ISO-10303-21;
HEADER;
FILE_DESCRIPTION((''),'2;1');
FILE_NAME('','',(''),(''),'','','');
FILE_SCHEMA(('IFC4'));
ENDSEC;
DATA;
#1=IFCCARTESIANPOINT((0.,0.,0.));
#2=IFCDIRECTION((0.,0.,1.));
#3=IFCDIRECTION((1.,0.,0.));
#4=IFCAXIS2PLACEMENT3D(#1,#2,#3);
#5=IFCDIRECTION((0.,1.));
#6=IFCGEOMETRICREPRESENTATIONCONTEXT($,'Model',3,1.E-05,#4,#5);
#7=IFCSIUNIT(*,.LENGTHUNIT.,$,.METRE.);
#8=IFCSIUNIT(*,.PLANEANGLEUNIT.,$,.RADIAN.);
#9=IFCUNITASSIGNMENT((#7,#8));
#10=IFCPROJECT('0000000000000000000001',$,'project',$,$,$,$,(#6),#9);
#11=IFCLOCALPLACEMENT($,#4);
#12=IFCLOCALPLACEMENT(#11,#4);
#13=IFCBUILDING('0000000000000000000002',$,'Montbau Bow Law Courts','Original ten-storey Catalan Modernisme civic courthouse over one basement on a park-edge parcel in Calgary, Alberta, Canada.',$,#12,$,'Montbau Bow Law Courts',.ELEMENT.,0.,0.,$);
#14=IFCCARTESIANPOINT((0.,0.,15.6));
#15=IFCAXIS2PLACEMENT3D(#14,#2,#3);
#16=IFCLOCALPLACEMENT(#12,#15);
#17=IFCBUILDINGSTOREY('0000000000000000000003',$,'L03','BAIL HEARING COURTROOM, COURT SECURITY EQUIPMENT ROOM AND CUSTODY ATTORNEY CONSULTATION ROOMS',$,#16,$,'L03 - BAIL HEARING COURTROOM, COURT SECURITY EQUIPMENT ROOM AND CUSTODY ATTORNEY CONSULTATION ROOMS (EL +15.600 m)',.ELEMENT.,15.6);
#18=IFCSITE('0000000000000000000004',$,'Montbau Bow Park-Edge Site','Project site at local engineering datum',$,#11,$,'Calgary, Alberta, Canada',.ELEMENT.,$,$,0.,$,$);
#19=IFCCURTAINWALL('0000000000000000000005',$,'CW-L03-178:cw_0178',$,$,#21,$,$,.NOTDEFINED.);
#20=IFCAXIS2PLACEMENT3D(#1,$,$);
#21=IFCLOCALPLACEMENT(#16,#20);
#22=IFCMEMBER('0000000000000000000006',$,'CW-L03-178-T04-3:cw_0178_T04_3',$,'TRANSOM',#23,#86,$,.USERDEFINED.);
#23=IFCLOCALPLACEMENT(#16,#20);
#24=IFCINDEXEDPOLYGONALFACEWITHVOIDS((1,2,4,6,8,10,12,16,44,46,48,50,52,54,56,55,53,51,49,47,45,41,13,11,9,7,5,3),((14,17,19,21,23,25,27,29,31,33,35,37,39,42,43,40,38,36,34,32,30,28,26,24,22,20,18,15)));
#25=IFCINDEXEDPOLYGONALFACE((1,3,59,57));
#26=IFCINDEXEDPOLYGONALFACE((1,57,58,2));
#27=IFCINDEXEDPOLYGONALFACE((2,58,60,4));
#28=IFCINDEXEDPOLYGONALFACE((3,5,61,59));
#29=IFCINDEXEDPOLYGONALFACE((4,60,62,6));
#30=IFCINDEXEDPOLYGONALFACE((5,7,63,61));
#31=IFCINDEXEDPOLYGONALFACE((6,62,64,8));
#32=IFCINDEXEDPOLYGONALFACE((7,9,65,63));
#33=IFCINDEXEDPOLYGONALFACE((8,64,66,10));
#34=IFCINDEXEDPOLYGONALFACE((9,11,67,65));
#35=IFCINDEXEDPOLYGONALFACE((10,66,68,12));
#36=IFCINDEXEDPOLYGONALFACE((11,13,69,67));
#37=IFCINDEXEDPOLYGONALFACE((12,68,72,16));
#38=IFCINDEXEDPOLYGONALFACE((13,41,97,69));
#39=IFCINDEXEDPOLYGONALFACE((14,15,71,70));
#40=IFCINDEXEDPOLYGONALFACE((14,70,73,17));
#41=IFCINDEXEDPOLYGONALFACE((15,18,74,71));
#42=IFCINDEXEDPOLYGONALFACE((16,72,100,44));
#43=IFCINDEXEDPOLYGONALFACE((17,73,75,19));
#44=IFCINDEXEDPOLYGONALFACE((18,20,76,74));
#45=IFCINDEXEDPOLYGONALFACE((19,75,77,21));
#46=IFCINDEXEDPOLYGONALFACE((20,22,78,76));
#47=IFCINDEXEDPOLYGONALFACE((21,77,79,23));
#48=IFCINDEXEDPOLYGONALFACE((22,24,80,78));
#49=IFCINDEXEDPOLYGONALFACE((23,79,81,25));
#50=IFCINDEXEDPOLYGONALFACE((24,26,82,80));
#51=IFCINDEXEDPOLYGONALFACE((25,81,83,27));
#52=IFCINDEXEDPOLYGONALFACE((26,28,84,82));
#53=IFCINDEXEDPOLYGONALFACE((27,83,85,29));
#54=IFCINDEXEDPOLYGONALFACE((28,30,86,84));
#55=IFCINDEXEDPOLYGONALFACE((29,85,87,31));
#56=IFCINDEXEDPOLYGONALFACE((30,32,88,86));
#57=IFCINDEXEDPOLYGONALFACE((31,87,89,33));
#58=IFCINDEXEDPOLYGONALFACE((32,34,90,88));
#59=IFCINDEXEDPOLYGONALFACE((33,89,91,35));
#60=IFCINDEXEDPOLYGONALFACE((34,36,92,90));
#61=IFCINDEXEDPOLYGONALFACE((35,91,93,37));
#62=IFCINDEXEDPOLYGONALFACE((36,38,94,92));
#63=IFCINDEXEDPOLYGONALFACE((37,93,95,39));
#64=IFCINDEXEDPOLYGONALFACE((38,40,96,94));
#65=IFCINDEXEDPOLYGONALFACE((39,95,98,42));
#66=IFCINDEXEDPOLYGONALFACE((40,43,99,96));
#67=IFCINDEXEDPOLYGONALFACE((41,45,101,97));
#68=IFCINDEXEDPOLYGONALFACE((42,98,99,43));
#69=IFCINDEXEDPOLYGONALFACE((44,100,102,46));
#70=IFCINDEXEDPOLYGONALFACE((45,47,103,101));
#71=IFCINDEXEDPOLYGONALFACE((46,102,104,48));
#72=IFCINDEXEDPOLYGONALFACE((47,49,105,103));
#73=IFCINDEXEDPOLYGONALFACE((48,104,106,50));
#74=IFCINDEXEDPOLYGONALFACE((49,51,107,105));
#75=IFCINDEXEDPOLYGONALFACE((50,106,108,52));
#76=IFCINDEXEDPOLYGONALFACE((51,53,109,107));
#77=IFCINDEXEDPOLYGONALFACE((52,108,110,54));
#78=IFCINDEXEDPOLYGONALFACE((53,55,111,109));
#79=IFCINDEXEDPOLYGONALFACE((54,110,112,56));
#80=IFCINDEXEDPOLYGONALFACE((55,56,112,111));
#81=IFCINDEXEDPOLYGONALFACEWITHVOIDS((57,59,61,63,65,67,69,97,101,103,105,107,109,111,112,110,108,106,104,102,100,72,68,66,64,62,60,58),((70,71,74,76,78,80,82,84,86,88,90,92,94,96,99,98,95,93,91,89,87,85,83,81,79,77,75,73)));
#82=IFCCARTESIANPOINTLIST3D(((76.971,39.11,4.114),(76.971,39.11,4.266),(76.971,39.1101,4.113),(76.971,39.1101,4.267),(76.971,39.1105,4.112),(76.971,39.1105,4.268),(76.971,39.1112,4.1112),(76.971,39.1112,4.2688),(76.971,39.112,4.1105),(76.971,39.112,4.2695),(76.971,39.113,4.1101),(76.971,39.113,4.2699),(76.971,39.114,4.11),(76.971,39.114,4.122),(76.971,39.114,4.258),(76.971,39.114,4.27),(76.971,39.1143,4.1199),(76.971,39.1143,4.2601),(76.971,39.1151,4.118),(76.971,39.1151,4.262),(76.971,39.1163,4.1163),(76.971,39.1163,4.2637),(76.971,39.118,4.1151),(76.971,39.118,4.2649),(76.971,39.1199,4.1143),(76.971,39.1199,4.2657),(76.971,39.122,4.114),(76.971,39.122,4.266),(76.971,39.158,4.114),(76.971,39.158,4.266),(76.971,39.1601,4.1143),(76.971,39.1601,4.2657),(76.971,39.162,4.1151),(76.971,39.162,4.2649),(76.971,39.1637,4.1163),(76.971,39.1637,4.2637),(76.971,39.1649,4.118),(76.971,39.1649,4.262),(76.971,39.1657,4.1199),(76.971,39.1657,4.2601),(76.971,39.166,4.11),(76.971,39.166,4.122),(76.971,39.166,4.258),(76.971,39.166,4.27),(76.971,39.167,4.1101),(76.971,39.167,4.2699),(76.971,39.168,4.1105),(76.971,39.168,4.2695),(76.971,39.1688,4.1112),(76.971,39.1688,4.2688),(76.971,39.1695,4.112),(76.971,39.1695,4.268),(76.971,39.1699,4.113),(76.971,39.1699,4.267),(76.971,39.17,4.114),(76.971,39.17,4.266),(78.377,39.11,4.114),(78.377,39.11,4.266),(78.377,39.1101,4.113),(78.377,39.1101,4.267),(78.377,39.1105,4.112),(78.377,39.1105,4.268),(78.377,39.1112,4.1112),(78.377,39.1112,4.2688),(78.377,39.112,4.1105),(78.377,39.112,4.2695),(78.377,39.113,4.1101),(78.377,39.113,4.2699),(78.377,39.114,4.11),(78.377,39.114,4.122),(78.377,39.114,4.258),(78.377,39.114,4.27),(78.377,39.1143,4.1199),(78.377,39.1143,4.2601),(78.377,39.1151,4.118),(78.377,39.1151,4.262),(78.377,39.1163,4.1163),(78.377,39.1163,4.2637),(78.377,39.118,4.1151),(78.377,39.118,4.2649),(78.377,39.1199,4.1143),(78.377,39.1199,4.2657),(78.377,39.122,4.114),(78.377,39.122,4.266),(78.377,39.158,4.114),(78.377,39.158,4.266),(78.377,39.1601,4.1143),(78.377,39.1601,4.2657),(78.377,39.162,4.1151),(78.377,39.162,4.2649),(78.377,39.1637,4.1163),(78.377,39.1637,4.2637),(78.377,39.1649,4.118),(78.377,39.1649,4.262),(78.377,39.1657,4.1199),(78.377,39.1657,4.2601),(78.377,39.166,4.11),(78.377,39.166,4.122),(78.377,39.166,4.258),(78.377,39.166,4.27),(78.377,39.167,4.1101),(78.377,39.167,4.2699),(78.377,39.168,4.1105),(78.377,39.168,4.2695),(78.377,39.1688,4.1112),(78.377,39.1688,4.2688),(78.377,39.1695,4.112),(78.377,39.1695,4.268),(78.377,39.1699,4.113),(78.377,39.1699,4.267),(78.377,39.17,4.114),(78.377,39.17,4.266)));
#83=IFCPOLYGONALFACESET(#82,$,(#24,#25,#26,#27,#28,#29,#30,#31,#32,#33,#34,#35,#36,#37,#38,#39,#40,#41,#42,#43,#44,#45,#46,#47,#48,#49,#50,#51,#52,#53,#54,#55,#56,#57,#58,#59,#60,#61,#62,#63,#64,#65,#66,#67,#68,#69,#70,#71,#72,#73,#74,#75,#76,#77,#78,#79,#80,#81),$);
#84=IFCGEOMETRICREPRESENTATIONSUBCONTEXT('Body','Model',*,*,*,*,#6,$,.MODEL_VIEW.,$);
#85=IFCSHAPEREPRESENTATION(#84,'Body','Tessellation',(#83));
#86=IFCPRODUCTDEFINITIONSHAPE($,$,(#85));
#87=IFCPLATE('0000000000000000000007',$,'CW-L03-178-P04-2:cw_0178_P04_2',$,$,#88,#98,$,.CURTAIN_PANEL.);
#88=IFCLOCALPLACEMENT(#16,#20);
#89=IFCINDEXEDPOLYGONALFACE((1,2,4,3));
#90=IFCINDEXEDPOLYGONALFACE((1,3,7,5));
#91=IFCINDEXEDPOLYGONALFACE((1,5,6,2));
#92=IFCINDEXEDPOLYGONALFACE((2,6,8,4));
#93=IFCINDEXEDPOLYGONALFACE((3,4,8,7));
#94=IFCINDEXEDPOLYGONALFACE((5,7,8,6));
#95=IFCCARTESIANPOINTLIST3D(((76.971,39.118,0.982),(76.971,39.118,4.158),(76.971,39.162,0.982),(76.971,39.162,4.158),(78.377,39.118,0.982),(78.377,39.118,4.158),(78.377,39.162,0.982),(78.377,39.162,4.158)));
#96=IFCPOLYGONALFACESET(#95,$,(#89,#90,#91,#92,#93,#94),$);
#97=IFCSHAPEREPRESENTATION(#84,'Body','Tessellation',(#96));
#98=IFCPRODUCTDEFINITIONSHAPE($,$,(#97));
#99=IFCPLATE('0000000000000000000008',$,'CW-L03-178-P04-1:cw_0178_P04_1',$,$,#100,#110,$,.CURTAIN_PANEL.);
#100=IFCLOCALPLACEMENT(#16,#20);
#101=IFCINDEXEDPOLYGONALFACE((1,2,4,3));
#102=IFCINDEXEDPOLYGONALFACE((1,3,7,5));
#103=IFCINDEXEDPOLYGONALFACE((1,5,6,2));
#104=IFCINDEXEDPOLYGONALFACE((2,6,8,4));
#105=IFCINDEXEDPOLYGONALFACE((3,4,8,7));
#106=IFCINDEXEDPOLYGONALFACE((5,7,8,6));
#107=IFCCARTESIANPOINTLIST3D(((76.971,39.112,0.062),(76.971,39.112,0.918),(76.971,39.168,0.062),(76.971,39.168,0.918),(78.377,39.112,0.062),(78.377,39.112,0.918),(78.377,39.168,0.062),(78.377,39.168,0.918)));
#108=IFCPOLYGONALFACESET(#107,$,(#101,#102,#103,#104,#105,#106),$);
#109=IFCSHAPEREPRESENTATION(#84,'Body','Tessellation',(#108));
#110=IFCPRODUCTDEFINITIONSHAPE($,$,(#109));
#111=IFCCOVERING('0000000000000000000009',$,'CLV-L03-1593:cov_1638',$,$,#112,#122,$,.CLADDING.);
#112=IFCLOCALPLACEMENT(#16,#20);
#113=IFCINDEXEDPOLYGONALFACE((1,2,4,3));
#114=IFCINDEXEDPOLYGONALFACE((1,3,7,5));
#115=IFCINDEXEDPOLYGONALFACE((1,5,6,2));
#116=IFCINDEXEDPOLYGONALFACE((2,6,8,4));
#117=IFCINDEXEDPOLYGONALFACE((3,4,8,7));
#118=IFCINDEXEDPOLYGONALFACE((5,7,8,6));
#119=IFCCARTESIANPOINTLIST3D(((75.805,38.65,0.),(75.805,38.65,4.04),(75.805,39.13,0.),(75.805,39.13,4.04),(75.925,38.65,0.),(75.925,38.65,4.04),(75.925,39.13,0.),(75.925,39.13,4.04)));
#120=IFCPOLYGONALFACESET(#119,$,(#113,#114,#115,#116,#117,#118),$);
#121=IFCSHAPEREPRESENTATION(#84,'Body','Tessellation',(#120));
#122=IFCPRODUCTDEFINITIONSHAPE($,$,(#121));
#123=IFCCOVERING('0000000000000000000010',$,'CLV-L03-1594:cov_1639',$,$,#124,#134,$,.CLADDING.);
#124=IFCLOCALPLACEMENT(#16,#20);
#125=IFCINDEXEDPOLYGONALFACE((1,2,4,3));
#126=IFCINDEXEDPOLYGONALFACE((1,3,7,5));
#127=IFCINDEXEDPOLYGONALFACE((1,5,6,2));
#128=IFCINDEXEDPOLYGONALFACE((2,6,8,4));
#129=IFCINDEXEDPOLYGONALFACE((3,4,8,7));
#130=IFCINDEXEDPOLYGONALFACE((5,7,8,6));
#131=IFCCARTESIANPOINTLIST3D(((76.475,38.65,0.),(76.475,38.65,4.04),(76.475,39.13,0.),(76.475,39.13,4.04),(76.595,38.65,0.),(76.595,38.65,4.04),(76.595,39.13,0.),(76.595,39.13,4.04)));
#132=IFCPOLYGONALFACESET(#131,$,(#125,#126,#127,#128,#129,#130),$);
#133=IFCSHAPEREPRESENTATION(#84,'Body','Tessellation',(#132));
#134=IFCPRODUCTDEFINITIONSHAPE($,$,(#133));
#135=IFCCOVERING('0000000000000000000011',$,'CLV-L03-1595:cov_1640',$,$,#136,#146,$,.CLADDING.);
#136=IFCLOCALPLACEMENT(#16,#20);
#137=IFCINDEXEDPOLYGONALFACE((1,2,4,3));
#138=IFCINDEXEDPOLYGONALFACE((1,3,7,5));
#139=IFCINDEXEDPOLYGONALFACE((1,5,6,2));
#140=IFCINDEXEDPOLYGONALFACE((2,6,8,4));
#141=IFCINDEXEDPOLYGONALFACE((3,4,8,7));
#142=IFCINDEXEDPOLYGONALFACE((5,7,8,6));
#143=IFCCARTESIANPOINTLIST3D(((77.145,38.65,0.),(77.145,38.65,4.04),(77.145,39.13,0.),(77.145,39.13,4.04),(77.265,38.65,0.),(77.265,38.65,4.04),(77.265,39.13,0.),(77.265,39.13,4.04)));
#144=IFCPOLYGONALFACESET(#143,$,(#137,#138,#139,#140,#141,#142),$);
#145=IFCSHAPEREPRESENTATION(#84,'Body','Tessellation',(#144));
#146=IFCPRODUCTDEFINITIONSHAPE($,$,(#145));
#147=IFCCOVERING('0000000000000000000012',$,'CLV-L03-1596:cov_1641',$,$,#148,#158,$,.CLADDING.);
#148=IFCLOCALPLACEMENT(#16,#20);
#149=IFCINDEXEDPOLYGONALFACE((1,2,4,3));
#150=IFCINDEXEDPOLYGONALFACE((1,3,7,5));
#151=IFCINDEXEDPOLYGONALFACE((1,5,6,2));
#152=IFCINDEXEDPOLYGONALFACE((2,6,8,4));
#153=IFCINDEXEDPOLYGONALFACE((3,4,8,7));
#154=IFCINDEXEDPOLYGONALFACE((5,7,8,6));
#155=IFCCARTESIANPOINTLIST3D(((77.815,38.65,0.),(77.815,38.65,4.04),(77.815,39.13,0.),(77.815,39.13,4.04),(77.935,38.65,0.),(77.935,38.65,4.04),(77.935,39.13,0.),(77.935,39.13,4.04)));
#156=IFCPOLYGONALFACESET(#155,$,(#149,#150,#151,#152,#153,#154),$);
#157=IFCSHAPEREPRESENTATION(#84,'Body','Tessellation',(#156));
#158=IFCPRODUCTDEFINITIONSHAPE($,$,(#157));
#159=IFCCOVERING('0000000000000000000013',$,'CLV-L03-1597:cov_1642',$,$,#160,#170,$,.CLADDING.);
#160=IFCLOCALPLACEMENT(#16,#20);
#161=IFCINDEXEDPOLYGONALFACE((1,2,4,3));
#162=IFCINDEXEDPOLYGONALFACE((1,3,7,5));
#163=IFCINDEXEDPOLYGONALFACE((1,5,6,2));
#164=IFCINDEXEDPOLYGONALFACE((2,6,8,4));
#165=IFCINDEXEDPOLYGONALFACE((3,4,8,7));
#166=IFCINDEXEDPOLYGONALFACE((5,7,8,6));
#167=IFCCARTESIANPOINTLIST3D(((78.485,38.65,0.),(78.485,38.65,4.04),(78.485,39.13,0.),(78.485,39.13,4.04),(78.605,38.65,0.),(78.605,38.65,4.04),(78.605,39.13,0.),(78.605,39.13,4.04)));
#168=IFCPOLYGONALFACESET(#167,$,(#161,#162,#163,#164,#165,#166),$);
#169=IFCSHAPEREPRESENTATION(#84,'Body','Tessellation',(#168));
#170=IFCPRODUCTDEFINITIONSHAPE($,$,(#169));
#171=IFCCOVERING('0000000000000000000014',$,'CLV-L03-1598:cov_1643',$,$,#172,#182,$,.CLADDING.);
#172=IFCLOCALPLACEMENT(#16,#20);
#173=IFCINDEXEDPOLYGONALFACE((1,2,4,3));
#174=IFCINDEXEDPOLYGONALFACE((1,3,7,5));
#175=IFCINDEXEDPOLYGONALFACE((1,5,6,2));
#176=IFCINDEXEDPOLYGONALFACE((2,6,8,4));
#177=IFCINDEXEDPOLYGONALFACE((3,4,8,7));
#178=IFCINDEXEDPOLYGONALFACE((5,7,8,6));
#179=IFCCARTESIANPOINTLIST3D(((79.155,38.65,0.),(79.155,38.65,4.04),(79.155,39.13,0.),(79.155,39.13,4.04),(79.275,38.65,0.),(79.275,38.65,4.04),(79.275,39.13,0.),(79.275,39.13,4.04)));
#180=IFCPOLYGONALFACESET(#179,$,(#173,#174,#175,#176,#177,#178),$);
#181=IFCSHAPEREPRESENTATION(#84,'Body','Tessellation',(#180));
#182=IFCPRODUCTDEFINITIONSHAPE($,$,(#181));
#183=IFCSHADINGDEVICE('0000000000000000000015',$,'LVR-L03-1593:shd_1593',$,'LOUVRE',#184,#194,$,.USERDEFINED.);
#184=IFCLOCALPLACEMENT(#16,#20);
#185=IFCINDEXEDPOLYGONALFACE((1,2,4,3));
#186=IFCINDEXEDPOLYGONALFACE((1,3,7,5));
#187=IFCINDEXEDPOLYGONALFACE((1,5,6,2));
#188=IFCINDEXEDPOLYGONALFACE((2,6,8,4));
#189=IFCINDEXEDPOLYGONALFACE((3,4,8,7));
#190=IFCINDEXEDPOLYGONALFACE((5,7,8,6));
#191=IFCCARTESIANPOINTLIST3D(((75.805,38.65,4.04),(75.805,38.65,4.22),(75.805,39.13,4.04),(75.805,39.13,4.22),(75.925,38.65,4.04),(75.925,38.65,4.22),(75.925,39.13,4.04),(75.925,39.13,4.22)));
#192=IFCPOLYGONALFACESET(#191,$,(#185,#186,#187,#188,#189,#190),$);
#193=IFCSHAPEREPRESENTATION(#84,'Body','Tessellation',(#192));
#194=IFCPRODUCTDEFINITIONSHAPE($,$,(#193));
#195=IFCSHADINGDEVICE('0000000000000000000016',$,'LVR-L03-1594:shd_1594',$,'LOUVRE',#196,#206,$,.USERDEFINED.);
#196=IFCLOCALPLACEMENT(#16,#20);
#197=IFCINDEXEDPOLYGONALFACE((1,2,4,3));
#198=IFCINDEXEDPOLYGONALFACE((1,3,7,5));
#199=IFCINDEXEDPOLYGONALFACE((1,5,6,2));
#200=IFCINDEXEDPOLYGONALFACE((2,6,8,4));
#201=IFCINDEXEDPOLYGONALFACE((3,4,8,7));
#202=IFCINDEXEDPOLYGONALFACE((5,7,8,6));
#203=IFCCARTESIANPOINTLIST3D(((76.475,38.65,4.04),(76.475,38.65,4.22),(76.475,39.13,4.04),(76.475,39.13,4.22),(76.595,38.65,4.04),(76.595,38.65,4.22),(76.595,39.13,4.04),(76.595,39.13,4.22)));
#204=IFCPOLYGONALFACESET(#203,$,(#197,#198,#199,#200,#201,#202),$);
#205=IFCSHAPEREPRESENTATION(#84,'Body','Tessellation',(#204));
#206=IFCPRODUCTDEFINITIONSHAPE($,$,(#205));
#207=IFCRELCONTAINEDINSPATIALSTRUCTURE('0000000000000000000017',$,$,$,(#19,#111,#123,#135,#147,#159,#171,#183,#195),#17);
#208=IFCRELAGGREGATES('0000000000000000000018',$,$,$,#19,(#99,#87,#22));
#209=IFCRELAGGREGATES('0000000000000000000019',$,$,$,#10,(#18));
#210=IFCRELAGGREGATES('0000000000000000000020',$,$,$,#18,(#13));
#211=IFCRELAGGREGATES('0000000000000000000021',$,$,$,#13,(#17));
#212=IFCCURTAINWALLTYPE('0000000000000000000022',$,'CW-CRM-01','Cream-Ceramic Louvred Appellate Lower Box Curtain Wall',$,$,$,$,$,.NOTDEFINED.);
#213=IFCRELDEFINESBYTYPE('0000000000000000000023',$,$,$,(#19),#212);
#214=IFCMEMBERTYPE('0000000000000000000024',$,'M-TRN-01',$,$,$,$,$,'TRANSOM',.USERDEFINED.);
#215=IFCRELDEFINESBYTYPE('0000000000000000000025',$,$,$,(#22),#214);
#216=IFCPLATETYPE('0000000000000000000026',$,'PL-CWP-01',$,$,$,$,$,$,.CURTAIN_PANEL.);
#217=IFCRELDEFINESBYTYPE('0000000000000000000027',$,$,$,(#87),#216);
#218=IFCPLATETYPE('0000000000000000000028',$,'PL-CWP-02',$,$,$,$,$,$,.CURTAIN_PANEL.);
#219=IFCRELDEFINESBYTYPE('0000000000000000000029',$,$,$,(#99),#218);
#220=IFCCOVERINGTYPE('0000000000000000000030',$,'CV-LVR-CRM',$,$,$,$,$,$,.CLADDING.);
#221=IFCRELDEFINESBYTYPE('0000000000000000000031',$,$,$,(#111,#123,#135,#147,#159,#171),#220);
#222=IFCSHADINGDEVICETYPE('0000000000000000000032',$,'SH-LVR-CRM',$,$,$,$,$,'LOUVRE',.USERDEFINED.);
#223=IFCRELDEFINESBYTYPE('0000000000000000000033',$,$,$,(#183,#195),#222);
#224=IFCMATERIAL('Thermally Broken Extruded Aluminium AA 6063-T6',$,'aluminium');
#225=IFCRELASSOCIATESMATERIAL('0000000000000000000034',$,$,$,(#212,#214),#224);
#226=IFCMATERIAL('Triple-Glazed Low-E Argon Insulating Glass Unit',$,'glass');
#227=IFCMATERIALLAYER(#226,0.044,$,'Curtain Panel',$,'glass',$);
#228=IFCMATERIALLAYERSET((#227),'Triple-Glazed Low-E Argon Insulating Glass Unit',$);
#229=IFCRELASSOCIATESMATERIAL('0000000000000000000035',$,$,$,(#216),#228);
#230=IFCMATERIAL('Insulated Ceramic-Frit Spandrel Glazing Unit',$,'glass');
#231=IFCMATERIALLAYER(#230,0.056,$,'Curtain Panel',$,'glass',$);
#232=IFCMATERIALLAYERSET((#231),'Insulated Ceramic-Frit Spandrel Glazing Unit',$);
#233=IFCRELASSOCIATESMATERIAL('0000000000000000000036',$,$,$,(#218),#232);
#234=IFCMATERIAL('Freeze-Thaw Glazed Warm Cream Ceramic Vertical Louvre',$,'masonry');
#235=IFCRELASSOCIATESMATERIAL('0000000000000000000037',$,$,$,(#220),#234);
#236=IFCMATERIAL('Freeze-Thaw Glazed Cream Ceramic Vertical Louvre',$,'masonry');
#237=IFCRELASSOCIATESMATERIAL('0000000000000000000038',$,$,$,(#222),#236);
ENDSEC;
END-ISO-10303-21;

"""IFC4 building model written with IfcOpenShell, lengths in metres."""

from ifc_helpers import new_model, si_unit, direction, frame, frame_2d, origin_with_axes, origin_2d_with_axis, place, context, subcontext, project, spatial, rectangle, hollow_rectangle, extrude, material, layer, layer_set, material_profile, profile_set, type_object, element, aggregate, save


model = new_model("IFC4")

# Units and contexts
model_context = context("Model", 3, precision=1e-05, world=origin_with_axes(), true_north=direction((0.0, 1.0)))
body_context = subcontext(model_context, "Body", "Model", "MODEL_VIEW")
ifc_project = project(units=[si_unit("LENGTHUNIT", "METRE"), si_unit("PLANEANGLEUNIT", "RADIAN")], contexts=[model_context])

# Site, building, storey
site_placement = place(None, origin_with_axes())
site = spatial("IfcSite", under=ifc_project, at=site_placement, Name="Montbau Bow Park-Edge Site", Description="Project site at local engineering datum", LongName="Calgary, Alberta, Canada", CompositionType="ELEMENT", RefElevation=0.0)
building_placement = place(site_placement, origin_with_axes())
building = spatial("IfcBuilding", under=site, at=building_placement, Name="Montbau Bow Law Courts", Description="Original ten-storey Catalan Modernisme civic courthouse over one basement on a park-edge parcel in Calgary, Alberta, Canada.", LongName="Montbau Bow Law Courts", CompositionType="ELEMENT", ElevationOfRefHeight=0.0, ElevationOfTerrain=0.0)
storey_placement = place(building_placement, frame((0.0, 0.0, 15.6), z_axis=(0.0, 0.0, 1.0), x_axis=(1.0, 0.0, 0.0)))
storey = spatial("IfcBuildingStorey", under=building, at=storey_placement, Name="L03", Description="BAIL HEARING COURTROOM, COURT SECURITY EQUIPMENT ROOM AND CUSTODY ATTORNEY CONSULTATION ROOMS", LongName="L03 - BAIL HEARING COURTROOM, COURT SECURITY EQUIPMENT ROOM AND CUSTODY ATTORNEY CONSULTATION ROOMS (EL +15.600 m)", CompositionType="ELEMENT", Elevation=15.6)

# Curtain wall
ifc_material_1 = material(Name="Thermally Broken Extruded Aluminium AA 6063-T6", Category="aluminium")
curtain_wall_type = type_object("IfcCurtainWallType", Name="CW-CRM-01", Description="Cream-Ceramic Louvred Appellate Lower Box Curtain Wall", PredefinedType="NOTDEFINED", material=ifc_material_1)
curtain_wall_placement = place(None, frame((72.515, 39.14, 15.6), z_axis=(0.0, 0.0, 1.0), x_axis=(1.0, 0.0, 0.0)))
curtain_wall = element("IfcCurtainWall", 1, at=curtain_wall_placement, inside=storey, type_object=curtain_wall_type, Name="CW-L03-178:cw_0178", PredefinedType="NOTDEFINED")

# Member
ifc_material_profile_1 = material_profile(ifc_material_1, hollow_rectangle(XDim=0.06, YDim=0.16, WallThickness=0.004, InnerFilletRadius=0.008, OuterFilletRadius=0.004, at=origin_2d_with_axis()), Name="CWT-160X60", Category="Main", Priority=0)
ifc_profile_set_1 = profile_set([ifc_material_profile_1], Name="Thermally Broken Extruded Aluminium AA 6063-T6")
member_type_1 = type_object("IfcMemberType", Name="M-TRN-01", ElementType="TRANSOM", PredefinedType="USERDEFINED", material=ifc_profile_set_1)
member_1_placement = place(None, frame((76.971, 39.14, 19.79), z_axis=(1.0, 0.0, 0.0), x_axis=(0.0, 1.0, 0.0)))
member_1 = element("IfcMember", 2, at=member_1_placement, type_object=member_type_1, Name="CW-L03-178-T04-3:cw_0178_T04_3", ObjectType="TRANSOM", PredefinedType="USERDEFINED", context=body_context, shape_type="SweptSolid", body=[
    extrude(hollow_rectangle(XDim=0.06, YDim=0.16, WallThickness=0.004, InnerFilletRadius=0.008, OuterFilletRadius=0.004, at=origin_2d_with_axis()), origin_with_axes(), (0.0, 0.0, 1.0), 1.406),
])

# Plates
ifc_material_2 = material(Name="Triple-Glazed Low-E Argon Insulating Glass Unit", Category="glass")
ifc_layer_1 = layer(ifc_material_2, 0.044, Name="Curtain Panel", Category="glass")
ifc_layer_set_1 = layer_set([ifc_layer_1], Name="Triple-Glazed Low-E Argon Insulating Glass Unit")
plate_type_1 = type_object("IfcPlateType", Name="PL-CWP-01", PredefinedType="CURTAIN_PANEL", material=ifc_layer_set_1)
plate_1_placement = place(None, frame((76.971, 39.14, 16.582), z_axis=(0.0, -1.0, 0.0), x_axis=(1.0, 0.0, 0.0)))
plate_1 = element("IfcPlate", 3, at=plate_1_placement, type_object=plate_type_1, Name="CW-L03-178-P04-2:cw_0178_P04_2", PredefinedType="CURTAIN_PANEL", context=body_context, shape_type="SweptSolid", body=[
    extrude(rectangle(XDim=1.406, YDim=3.176, at=frame_2d((0.703, 1.588), x_axis=(1.0, 0.0))), frame((0.0, 0.0, -0.022), z_axis=(0.0, 0.0, 1.0), x_axis=(1.0, 0.0, 0.0)), (0.0, 0.0, 1.0), 0.044),
])
ifc_material_3 = material(Name="Insulated Ceramic-Frit Spandrel Glazing Unit", Category="glass")
ifc_layer_2 = layer(ifc_material_3, 0.056, Name="Curtain Panel", Category="glass")
ifc_layer_set_2 = layer_set([ifc_layer_2], Name="Insulated Ceramic-Frit Spandrel Glazing Unit")
plate_type_2 = type_object("IfcPlateType", Name="PL-CWP-02", PredefinedType="CURTAIN_PANEL", material=ifc_layer_set_2)
plate_2_placement = place(None, frame((76.971, 39.14, 15.662), z_axis=(0.0, -1.0, 0.0), x_axis=(1.0, 0.0, 0.0)))
plate_2 = element("IfcPlate", 4, at=plate_2_placement, type_object=plate_type_2, Name="CW-L03-178-P04-1:cw_0178_P04_1", PredefinedType="CURTAIN_PANEL", context=body_context, shape_type="SweptSolid", body=[
    extrude(rectangle(XDim=1.406, YDim=0.856, at=frame_2d((0.703, 0.428), x_axis=(1.0, 0.0))), frame((0.0, 0.0, -0.028), z_axis=(0.0, 0.0, 1.0), x_axis=(1.0, 0.0, 0.0)), (0.0, 0.0, 1.0), 0.056),
])
aggregate(curtain_wall, [plate_2, plate_1, member_1])

# Coverings
ifc_material_4 = material(Name="Freeze-Thaw Glazed Warm Cream Ceramic Vertical Louvre", Category="masonry")
covering_type = type_object("IfcCoveringType", Name="CV-LVR-CRM", PredefinedType="CLADDING", material=ifc_material_4)
for number, where, z_axis, x_axis, name in (
    (5, (75.865, 39.13, 15.6), (-1.0, 0.0, 0.0), (0.0, -1.0, 0.0), "CLV-L03-1593:cov_1638"),
    (6, (76.535, 39.13, 15.6), (-1.0, 0.0, 0.0), (0.0, -1.0, 0.0), "CLV-L03-1594:cov_1639"),
    (7, (77.205, 39.13, 15.6), (-1.0, 0.0, 0.0), (0.0, -1.0, 0.0), "CLV-L03-1595:cov_1640"),
    (8, (77.875, 39.13, 15.6), (-1.0, 0.0, 0.0), (0.0, -1.0, 0.0), "CLV-L03-1596:cov_1641"),
    (9, (78.545, 39.13, 15.6), (-1.0, 0.0, 0.0), (0.0, -1.0, 0.0), "CLV-L03-1597:cov_1642"),
    (10, (79.215, 39.13, 15.6), (-1.0, 0.0, 0.0), (0.0, -1.0, 0.0), "CLV-L03-1598:cov_1643"),
):
    element("IfcCovering", number, at=place(None, frame(where, z_axis=z_axis, x_axis=x_axis)), inside=storey, type_object=covering_type, Name=name, PredefinedType="CLADDING", context=body_context, shape_type="SweptSolid", body=[
        extrude(rectangle(XDim=0.48, YDim=4.04, at=frame_2d((0.24, 2.02), x_axis=(1.0, 0.0))), frame((0.0, 0.0, -0.06), z_axis=(0.0, 0.0, 1.0), x_axis=(1.0, 0.0, 0.0)), (0.0, 0.0, 1.0), 0.12),
    ])

# Shading devices
ifc_material_5 = material(Name="Freeze-Thaw Glazed Cream Ceramic Vertical Louvre", Category="masonry")
shading_device_type = type_object("IfcShadingDeviceType", Name="SH-LVR-CRM", ElementType="LOUVRE", PredefinedType="USERDEFINED", material=ifc_material_5)
for number, where, z_axis, x_axis, name in (
    (11, (75.865, 38.89, 19.64), (0.0, 0.0, 1.0), (0.0, -1.0, 0.0), "LVR-L03-1593:shd_1593"),
    (12, (76.535, 38.89, 19.64), (0.0, 0.0, 1.0), (0.0, -1.0, 0.0), "LVR-L03-1594:shd_1594"),
):
    element("IfcShadingDevice", number, at=place(None, frame(where, z_axis=z_axis, x_axis=x_axis)), inside=storey, type_object=shading_device_type, Name=name, ObjectType="LOUVRE", PredefinedType="USERDEFINED", context=body_context, shape_type="SweptSolid", body=[
        extrude(rectangle(XDim=0.48, YDim=0.12, at=origin_2d_with_axis()), origin_with_axes(), (0.0, 0.0, 1.0), 0.18),
    ])

save(model, "model.ifc")
